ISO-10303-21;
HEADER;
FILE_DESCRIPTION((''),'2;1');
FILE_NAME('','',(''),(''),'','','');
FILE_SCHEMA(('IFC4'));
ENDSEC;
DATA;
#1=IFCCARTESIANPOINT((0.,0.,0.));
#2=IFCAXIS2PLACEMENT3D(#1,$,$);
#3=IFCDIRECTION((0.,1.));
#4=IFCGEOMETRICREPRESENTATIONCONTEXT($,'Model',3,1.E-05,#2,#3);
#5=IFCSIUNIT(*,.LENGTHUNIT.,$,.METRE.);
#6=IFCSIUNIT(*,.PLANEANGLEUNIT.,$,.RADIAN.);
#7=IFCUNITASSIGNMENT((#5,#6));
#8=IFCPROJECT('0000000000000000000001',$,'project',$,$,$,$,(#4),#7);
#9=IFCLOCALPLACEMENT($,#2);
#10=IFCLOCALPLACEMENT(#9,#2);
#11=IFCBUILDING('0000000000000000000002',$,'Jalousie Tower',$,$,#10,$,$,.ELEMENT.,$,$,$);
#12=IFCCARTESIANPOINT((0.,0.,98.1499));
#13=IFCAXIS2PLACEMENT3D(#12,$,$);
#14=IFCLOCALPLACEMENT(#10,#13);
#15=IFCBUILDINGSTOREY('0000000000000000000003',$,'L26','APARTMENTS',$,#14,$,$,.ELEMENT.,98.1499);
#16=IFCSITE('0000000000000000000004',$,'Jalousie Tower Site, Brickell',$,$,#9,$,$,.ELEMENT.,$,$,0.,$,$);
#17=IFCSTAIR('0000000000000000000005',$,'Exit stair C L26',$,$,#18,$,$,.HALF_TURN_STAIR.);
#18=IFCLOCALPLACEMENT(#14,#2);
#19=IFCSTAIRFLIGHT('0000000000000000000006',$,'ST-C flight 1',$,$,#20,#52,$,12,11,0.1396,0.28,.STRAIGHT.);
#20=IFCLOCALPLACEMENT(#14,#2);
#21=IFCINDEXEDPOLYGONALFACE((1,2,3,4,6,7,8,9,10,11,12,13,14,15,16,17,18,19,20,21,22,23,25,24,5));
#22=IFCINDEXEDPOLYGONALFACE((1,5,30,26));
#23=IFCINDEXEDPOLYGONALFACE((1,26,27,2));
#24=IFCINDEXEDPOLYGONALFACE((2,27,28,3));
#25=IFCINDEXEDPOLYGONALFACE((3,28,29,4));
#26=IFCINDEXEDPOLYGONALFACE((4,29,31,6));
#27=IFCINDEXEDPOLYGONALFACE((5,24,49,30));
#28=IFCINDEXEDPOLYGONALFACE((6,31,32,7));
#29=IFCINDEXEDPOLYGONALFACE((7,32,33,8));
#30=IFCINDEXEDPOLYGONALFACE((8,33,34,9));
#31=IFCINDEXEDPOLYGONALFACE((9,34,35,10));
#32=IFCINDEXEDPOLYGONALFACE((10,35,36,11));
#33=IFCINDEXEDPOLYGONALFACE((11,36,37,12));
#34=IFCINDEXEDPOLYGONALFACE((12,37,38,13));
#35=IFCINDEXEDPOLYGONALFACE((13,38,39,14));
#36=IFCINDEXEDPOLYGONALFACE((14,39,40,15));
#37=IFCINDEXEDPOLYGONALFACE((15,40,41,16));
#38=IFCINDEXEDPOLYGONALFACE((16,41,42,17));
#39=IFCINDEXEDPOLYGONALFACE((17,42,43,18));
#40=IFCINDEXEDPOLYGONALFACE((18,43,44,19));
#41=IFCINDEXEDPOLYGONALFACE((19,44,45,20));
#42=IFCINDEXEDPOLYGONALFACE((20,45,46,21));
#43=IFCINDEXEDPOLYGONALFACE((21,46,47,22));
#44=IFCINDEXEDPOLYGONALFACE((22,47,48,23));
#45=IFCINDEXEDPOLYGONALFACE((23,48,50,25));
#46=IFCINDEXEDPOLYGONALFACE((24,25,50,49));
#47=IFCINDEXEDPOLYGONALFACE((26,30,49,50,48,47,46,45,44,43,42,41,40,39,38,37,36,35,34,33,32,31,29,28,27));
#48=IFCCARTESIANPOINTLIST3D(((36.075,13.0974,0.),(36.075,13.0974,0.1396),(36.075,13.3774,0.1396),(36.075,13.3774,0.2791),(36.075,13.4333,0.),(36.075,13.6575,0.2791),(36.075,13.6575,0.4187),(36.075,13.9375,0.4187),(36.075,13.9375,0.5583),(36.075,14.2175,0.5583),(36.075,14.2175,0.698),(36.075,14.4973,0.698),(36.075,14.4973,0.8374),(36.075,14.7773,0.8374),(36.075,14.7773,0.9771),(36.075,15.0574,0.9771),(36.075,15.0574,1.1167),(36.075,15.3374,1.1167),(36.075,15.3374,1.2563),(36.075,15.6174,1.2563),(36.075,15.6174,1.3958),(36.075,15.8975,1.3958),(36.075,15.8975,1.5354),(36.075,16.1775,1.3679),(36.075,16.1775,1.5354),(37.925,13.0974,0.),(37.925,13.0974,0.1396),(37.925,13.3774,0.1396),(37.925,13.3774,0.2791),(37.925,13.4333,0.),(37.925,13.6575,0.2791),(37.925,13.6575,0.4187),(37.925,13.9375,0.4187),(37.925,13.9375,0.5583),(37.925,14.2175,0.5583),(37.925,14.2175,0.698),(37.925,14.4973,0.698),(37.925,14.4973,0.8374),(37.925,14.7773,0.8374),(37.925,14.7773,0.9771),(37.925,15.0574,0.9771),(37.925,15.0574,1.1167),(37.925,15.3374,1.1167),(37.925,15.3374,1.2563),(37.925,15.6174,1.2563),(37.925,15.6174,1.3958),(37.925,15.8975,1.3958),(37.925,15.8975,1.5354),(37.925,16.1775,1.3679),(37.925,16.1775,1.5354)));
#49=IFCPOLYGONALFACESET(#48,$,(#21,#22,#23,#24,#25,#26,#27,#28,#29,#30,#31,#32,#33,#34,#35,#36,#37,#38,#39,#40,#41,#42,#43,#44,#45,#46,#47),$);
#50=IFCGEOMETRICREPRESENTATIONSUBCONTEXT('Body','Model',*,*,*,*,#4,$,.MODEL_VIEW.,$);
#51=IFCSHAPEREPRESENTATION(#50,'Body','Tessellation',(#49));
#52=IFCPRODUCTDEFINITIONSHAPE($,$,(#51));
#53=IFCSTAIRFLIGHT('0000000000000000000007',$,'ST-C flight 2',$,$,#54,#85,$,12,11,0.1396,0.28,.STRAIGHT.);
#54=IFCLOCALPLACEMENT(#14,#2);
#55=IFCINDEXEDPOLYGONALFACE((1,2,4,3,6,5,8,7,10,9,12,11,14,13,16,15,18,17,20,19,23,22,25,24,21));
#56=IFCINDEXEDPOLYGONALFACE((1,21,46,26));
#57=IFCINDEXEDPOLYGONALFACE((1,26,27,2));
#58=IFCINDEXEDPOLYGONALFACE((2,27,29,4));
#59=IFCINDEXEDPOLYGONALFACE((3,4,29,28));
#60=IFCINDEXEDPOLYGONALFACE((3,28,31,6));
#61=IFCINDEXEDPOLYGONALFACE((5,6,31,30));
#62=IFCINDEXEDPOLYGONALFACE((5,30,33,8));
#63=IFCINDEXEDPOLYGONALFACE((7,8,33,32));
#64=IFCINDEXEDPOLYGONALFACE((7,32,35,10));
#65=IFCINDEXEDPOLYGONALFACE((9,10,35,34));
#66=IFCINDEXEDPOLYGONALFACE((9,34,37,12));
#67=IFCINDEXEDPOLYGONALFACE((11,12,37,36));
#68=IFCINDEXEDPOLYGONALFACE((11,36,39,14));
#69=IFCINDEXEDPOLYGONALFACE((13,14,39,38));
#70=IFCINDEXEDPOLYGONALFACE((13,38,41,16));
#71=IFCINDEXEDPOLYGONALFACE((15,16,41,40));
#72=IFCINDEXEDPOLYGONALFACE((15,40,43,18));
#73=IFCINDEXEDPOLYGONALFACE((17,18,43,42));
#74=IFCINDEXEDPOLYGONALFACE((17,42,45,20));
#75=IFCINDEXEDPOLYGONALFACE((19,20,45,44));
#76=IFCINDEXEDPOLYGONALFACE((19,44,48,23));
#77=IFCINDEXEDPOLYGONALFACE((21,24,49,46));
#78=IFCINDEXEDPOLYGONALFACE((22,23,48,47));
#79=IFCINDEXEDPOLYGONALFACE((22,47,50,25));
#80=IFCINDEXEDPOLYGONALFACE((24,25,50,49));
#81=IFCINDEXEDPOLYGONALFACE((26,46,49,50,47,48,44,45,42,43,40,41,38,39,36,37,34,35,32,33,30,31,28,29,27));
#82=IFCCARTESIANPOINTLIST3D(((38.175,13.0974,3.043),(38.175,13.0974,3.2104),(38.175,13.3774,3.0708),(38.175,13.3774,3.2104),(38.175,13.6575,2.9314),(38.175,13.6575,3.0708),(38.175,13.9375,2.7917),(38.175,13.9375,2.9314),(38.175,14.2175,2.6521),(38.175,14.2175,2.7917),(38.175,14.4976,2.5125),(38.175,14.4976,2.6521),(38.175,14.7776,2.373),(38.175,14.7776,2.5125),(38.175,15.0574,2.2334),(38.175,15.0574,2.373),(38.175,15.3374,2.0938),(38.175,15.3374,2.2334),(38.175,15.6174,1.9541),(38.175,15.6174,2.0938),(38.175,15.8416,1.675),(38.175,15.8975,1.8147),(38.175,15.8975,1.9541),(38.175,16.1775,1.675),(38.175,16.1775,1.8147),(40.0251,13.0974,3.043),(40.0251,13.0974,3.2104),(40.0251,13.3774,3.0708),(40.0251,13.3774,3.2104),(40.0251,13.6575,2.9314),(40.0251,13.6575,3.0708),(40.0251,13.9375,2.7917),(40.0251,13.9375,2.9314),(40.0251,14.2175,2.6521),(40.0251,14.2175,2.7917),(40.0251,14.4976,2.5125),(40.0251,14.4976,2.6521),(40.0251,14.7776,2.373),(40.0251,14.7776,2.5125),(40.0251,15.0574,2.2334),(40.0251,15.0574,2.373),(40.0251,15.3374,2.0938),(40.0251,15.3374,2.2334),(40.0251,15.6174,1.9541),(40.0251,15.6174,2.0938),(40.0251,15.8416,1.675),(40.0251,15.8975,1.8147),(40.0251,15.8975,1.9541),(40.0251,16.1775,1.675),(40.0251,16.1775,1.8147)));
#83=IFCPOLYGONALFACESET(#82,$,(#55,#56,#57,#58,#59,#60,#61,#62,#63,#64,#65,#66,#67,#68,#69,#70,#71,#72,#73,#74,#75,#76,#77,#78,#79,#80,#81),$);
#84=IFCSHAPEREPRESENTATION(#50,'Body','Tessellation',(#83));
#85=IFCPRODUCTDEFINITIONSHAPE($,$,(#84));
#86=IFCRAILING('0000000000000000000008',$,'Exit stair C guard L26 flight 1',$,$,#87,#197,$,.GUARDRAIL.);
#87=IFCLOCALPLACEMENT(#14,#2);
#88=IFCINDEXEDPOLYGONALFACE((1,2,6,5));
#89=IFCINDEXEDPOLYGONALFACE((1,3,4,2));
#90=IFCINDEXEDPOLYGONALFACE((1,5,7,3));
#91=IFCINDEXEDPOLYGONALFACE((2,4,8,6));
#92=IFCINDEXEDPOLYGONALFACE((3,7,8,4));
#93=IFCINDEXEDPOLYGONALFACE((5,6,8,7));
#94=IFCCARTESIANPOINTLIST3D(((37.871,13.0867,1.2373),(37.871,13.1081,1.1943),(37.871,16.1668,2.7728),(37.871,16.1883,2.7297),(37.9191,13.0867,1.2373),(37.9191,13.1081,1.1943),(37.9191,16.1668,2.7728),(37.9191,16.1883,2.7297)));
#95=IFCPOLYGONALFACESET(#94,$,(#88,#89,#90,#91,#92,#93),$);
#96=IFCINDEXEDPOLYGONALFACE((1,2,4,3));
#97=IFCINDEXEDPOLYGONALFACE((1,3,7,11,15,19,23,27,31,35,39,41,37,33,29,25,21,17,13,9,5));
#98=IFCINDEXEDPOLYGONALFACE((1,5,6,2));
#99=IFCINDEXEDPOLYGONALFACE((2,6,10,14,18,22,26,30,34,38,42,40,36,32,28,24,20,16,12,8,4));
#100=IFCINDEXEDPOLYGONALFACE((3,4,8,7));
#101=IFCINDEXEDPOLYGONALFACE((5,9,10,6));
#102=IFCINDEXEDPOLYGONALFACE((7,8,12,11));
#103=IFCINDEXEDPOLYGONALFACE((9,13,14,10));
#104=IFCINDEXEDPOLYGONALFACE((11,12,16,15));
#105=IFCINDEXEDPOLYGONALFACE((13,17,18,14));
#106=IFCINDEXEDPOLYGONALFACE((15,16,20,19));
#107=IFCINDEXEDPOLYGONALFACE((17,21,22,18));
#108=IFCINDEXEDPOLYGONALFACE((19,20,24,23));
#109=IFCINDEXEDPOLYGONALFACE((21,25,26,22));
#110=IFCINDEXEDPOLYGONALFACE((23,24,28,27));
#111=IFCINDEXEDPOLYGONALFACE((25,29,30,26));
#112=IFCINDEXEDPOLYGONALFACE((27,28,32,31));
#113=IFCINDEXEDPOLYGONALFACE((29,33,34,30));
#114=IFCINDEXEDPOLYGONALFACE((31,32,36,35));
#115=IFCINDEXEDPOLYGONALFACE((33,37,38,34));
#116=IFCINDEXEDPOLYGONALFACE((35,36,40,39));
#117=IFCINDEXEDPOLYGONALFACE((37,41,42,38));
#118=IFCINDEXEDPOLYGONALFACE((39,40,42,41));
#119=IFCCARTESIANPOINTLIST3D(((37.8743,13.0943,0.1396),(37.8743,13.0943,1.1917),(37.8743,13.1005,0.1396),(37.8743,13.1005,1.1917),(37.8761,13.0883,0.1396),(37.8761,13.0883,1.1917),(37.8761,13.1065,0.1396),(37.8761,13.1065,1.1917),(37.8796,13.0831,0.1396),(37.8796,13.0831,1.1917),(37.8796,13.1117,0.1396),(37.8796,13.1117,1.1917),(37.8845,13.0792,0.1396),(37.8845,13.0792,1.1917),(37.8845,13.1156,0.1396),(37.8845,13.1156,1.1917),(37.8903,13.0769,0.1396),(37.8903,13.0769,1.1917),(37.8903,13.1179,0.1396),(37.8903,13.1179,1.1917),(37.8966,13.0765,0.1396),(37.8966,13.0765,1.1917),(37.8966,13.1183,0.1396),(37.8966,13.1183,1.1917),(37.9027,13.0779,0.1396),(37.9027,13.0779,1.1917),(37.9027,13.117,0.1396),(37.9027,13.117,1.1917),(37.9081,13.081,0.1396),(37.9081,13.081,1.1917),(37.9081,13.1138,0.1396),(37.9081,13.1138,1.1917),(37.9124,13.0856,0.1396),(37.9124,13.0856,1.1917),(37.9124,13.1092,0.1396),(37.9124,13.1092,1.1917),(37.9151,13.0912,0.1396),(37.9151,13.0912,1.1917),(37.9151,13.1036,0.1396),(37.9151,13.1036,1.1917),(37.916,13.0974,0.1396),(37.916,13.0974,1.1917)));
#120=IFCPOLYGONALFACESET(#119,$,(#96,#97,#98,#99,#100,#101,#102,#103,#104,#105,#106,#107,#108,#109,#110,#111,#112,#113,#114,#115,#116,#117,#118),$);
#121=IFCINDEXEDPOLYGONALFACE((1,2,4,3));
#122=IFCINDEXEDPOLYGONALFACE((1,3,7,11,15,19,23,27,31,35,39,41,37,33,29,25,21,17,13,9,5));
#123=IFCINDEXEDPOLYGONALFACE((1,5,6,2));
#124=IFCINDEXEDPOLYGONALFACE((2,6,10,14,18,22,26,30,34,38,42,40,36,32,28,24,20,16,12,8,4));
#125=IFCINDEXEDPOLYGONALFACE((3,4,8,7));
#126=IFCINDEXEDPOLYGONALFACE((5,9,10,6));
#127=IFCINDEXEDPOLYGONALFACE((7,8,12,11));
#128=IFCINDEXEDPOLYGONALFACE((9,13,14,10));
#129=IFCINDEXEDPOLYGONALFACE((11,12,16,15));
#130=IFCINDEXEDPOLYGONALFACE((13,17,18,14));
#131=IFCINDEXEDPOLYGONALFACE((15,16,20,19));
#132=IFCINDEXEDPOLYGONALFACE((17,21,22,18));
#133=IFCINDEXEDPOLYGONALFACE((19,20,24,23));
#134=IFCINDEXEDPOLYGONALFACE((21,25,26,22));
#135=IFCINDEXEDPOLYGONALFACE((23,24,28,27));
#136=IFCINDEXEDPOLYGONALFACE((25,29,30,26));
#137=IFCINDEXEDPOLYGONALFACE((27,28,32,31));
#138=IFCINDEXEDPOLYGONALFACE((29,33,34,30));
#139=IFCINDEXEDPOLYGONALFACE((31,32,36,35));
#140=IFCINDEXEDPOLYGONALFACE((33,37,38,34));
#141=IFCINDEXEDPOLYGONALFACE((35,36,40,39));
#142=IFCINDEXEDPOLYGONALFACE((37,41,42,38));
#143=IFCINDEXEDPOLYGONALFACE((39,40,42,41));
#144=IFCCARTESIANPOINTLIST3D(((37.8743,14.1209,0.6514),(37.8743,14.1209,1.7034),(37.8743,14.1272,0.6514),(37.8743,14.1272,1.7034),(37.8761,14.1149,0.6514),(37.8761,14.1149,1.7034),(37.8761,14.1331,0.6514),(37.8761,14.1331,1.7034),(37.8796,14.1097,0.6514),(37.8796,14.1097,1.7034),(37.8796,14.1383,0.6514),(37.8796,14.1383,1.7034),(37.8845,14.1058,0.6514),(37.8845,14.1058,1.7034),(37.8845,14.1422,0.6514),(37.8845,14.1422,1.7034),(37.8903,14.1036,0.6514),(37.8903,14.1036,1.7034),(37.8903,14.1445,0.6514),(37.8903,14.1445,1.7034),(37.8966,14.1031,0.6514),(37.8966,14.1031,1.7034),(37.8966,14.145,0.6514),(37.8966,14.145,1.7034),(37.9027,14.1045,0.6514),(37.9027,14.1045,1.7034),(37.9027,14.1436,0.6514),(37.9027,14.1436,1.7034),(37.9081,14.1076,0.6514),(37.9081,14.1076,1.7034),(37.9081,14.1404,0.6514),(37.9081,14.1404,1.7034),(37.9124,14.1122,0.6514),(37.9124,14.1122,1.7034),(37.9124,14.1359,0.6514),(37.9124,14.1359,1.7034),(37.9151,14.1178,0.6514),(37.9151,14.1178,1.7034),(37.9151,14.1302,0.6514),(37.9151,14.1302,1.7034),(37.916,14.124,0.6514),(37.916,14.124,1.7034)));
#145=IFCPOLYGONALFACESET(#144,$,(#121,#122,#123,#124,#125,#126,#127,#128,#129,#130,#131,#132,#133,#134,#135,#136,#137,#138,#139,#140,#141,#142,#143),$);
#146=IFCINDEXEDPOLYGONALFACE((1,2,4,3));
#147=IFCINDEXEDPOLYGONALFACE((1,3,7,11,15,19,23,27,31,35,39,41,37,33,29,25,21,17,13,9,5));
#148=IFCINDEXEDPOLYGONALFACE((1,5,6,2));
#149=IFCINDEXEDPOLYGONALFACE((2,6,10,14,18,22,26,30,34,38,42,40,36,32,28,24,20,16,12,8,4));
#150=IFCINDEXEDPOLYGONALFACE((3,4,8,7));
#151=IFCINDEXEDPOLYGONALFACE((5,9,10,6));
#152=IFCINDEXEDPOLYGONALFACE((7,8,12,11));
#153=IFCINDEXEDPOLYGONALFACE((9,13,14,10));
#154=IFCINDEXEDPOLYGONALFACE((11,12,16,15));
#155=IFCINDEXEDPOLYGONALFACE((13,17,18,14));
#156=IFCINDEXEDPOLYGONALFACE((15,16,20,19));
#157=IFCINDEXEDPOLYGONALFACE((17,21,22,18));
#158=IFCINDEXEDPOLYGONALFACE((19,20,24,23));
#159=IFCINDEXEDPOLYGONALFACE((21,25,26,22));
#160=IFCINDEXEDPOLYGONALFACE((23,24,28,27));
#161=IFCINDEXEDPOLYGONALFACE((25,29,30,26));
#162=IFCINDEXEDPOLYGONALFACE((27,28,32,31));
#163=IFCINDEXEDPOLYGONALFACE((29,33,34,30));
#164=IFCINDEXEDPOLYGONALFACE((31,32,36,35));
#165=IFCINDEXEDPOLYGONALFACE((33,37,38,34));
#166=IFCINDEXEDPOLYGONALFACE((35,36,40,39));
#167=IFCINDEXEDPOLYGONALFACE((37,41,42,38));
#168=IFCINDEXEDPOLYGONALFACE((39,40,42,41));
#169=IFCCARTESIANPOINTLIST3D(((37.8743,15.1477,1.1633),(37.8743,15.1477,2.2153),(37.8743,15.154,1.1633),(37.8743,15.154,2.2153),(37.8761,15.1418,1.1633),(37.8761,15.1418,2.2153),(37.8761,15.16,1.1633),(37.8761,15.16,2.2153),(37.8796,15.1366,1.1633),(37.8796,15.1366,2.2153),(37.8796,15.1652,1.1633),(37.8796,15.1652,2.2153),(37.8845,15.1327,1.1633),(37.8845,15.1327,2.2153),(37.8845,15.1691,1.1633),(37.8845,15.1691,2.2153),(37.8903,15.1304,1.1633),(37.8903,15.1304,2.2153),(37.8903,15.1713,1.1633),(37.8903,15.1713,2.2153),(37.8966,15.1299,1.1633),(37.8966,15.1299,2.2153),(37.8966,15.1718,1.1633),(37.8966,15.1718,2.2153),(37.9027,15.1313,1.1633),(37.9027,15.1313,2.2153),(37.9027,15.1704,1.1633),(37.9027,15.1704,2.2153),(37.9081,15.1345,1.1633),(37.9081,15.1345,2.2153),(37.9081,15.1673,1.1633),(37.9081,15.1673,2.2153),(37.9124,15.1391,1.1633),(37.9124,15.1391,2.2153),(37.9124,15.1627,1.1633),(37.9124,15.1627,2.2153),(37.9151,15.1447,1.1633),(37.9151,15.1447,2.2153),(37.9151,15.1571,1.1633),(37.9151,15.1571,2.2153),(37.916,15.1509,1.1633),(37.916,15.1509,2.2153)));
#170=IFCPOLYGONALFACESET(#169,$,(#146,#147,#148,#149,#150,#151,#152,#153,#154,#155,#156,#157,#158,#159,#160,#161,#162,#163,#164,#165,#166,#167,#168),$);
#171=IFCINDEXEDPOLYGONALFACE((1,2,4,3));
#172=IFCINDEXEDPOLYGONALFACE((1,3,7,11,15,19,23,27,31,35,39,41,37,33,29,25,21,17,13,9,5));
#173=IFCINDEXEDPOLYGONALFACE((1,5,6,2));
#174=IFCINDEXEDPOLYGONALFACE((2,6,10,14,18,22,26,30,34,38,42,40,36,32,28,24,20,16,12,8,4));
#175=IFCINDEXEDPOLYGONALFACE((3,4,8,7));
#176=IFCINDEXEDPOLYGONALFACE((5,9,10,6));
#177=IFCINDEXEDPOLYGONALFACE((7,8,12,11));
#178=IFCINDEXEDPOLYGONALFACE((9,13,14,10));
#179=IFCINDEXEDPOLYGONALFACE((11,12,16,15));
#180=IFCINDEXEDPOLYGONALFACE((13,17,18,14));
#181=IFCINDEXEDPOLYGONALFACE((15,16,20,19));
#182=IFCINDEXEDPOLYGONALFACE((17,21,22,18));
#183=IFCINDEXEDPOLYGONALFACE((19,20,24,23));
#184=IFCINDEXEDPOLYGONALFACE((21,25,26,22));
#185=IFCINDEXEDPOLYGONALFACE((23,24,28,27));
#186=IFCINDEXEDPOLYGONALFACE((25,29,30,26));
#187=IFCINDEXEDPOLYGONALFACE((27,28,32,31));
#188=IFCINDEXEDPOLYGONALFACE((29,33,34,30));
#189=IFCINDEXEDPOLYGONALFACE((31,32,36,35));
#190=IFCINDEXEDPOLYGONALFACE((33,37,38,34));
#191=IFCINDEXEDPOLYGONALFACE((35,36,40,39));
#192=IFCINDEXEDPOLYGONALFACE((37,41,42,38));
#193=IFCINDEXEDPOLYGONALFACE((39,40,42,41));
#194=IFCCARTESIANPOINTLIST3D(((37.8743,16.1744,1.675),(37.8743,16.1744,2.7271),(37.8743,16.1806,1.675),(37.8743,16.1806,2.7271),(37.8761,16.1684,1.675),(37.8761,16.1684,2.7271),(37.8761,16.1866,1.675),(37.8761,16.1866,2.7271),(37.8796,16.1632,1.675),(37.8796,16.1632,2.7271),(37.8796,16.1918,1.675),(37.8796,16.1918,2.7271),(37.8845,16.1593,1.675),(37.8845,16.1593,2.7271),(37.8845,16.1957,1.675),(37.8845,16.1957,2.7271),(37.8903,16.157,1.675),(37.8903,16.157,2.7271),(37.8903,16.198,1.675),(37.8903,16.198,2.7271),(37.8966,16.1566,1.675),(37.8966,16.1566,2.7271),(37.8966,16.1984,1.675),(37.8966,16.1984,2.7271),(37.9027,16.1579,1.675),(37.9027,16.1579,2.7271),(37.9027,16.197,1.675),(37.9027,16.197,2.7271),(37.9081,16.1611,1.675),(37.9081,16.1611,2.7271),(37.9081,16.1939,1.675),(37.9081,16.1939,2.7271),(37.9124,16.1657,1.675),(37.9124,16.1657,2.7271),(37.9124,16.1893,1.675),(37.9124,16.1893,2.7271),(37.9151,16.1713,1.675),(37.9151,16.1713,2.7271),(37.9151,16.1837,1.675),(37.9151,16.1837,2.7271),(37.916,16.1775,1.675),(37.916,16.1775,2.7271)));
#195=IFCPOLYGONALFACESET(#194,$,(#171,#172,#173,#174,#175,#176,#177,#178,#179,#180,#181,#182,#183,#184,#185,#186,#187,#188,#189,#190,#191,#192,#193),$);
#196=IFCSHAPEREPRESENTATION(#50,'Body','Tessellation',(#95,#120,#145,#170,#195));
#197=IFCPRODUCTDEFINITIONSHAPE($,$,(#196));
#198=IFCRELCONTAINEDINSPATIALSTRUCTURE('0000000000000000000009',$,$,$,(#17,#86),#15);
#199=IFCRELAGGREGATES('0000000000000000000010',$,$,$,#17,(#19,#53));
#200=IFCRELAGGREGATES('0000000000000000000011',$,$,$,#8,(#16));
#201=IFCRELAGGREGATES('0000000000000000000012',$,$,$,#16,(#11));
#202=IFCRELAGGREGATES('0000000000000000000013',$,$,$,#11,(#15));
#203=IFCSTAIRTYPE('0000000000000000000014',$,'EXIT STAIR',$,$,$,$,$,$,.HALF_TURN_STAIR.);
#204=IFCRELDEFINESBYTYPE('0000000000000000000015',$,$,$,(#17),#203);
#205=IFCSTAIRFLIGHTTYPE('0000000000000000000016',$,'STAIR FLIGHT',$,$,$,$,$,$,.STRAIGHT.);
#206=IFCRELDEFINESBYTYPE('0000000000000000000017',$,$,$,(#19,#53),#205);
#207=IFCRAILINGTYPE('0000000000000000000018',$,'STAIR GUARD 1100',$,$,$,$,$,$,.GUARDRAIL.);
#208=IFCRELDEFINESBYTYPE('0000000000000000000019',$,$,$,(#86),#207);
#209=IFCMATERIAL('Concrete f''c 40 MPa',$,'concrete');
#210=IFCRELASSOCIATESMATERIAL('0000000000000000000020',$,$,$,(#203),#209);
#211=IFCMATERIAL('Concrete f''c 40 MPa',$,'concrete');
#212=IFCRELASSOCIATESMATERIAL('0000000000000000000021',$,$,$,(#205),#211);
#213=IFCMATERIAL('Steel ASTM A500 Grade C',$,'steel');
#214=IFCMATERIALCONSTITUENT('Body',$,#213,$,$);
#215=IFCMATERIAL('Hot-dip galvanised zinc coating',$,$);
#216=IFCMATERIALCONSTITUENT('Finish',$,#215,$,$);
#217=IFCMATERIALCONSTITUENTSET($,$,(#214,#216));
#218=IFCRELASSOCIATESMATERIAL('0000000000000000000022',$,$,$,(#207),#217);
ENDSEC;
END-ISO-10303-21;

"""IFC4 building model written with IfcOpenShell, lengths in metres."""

from ifc_helpers import new_model, si_unit, direction, frame, origin, origin_2d, place, context, subcontext, project, spatial, polyline, rectangle, circle, outline, extrude, material, constituent, constituent_set, type_object, element, aggregate, save


model = new_model("IFC4")

# Units and contexts
model_context = context("Model", 3, precision=1e-05, world=origin(), true_north=direction((0.0, 1.0)))
body_context = subcontext(model_context, "Body", "Model", "MODEL_VIEW")
ifc_project = project(units=[si_unit("LENGTHUNIT", "METRE"), si_unit("PLANEANGLEUNIT", "RADIAN")], contexts=[model_context])

# Site, building, storey
site_placement = place(None, origin())
site = spatial("IfcSite", under=ifc_project, at=site_placement, Name="Jalousie Tower Site, Brickell", CompositionType="ELEMENT", RefElevation=0.0)
building_placement = place(site_placement, origin())
building = spatial("IfcBuilding", under=site, at=building_placement, Name="Jalousie Tower", CompositionType="ELEMENT")
storey_placement = place(building_placement, frame((0.0, 0.0, 98.1499)))
storey = spatial("IfcBuildingStorey", under=building, at=storey_placement, Name="L26", Description="APARTMENTS", CompositionType="ELEMENT", Elevation=98.1499)

# Stair, stair flights
ifc_material_1 = material(Name="Concrete f'c 40 MPa", Category="concrete")
stair_type = type_object("IfcStairType", Name="EXIT STAIR", PredefinedType="HALF_TURN_STAIR", material=ifc_material_1)
stair_placement = place(storey_placement, origin())
stair = element("IfcStair", 1, at=stair_placement, inside=storey, type_object=stair_type, Name="Exit stair C L26", PredefinedType="HALF_TURN_STAIR")
ifc_material_2 = material(Name="Concrete f'c 40 MPa", Category="concrete")
stair_flight_type = type_object("IfcStairFlightType", Name="STAIR FLIGHT", PredefinedType="STRAIGHT", material=ifc_material_2)
stair_flight_1_placement = place(storey_placement, frame((37.0, 13.0974, 0.0), z_axis=(0.0, 0.0, 1.0), x_axis=(0.0, 1.0, 0.0)))
stair_flight_1 = element("IfcStairFlight", 2, at=stair_flight_1_placement, type_object=stair_flight_type, Name="ST-C flight 1", NumberOfRisers=12, NumberOfTreads=11, PredefinedType="STRAIGHT", RiserHeight=0.1396, TreadLength=0.28, context=body_context, shape_type="SweptSolid", body=[
    extrude(outline(polyline([(0.0, 0.0), (0.0, 0.1396), (0.28, 0.1396), (0.28, 0.2791), (0.5601, 0.2791), (0.5601, 0.4187), (0.8401, 0.4187), (0.8401, 0.5583), (1.1201, 0.5583), (1.1201, 0.698), (1.3999, 0.698), (1.3999, 0.8374), (1.6799, 0.8374), (1.6799, 0.9771), (1.96, 0.9771), (1.96, 1.1167), (2.24, 1.1167), (2.24, 1.2563), (2.52, 1.2563), (2.52, 1.3958), (2.8, 1.3958), (2.8, 1.5354), (3.0801, 1.5354), (3.0801, 1.675), (3.0801, 1.3679), (0.3359, 0.0), (0.0, 0.0)])), frame((0.0, 0.925, 0.0), z_axis=(0.0, -1.0, 0.0), x_axis=(1.0, 0.0, 0.0)), (0.0, 0.0, 1.0), 1.8501),
])
stair_flight_2_placement = place(storey_placement, frame((39.1001, 16.1775, 1.675), z_axis=(0.0, 0.0, 1.0), x_axis=(0.0, -1.0, 0.0)))
stair_flight_2 = element("IfcStairFlight", 3, at=stair_flight_2_placement, type_object=stair_flight_type, Name="ST-C flight 2", NumberOfRisers=12, NumberOfTreads=11, PredefinedType="STRAIGHT", RiserHeight=0.1396, TreadLength=0.28, context=body_context, shape_type="SweptSolid", body=[
    extrude(outline(polyline([(0.0, 0.0), (0.0, 0.1396), (0.28, 0.1396), (0.28, 0.2791), (0.5601, 0.2791), (0.5601, 0.4187), (0.8401, 0.4187), (0.8401, 0.5583), (1.1201, 0.5583), (1.1201, 0.698), (1.3999, 0.698), (1.3999, 0.8374), (1.6799, 0.8374), (1.6799, 0.9771), (1.96, 0.9771), (1.96, 1.1167), (2.24, 1.1167), (2.24, 1.2563), (2.52, 1.2563), (2.52, 1.3958), (2.8, 1.3958), (2.8, 1.5354), (3.0801, 1.5354), (3.0801, 1.675), (3.0801, 1.3679), (0.3359, 0.0), (0.0, 0.0)])), frame((0.0, 0.925, 0.0), z_axis=(0.0, -1.0, 0.0), x_axis=(1.0, 0.0, 0.0)), (0.0, 0.0, 1.0), 1.8501),
])
aggregate(stair, [stair_flight_1, stair_flight_2])

# Railing
ifc_material_3 = material(Name="Steel ASTM A500 Grade C", Category="steel")
ifc_constituent_1 = constituent(ifc_material_3, Name="Body")
ifc_material_4 = material(Name="Hot-dip galvanised zinc coating")
ifc_constituent_2 = constituent(ifc_material_4, Name="Finish")
ifc_constituent_set_1 = constituent_set(constituents=[ifc_constituent_1, ifc_constituent_2])
railing_type_1 = type_object("IfcRailingType", Name="STAIR GUARD 1100", PredefinedType="GUARDRAIL", material=ifc_constituent_set_1)
railing_1_placement = place(storey_placement, frame((37.895, 13.0974, 0.1396)))
element("IfcRailing", 4, at=railing_1_placement, inside=storey, type_object=railing_type_1, Name="Exit stair C guard L26 flight 1", PredefinedType="GUARDRAIL", context=body_context, shape_type="SweptSolid", body=[
    extrude(rectangle(XDim=0.0481, YDim=0.0481, at=origin_2d()), frame((0.0, 0.0, 1.0762), z_axis=(0.0, 0.894966, 0.446135), x_axis=(-1.0, 0.0, 0.0)), (0.0, 0.0, 1.0), 3.4417),
    extrude(circle(Radius=0.021, at=origin_2d()), origin(), (0.0, 0.0, 1.0), 1.052),
    extrude(circle(Radius=0.021, at=origin_2d()), frame((0.0, 1.0266, 0.5117)), (0.0, 0.0, 1.0), 1.052),
    extrude(circle(Radius=0.021, at=origin_2d()), frame((0.0, 2.0535, 1.0237)), (0.0, 0.0, 1.0), 1.052),
    extrude(circle(Radius=0.021, at=origin_2d()), frame((0.0, 3.0801, 1.5354)), (0.0, 0.0, 1.0), 1.052),
])

save(model, "model.ifc")
